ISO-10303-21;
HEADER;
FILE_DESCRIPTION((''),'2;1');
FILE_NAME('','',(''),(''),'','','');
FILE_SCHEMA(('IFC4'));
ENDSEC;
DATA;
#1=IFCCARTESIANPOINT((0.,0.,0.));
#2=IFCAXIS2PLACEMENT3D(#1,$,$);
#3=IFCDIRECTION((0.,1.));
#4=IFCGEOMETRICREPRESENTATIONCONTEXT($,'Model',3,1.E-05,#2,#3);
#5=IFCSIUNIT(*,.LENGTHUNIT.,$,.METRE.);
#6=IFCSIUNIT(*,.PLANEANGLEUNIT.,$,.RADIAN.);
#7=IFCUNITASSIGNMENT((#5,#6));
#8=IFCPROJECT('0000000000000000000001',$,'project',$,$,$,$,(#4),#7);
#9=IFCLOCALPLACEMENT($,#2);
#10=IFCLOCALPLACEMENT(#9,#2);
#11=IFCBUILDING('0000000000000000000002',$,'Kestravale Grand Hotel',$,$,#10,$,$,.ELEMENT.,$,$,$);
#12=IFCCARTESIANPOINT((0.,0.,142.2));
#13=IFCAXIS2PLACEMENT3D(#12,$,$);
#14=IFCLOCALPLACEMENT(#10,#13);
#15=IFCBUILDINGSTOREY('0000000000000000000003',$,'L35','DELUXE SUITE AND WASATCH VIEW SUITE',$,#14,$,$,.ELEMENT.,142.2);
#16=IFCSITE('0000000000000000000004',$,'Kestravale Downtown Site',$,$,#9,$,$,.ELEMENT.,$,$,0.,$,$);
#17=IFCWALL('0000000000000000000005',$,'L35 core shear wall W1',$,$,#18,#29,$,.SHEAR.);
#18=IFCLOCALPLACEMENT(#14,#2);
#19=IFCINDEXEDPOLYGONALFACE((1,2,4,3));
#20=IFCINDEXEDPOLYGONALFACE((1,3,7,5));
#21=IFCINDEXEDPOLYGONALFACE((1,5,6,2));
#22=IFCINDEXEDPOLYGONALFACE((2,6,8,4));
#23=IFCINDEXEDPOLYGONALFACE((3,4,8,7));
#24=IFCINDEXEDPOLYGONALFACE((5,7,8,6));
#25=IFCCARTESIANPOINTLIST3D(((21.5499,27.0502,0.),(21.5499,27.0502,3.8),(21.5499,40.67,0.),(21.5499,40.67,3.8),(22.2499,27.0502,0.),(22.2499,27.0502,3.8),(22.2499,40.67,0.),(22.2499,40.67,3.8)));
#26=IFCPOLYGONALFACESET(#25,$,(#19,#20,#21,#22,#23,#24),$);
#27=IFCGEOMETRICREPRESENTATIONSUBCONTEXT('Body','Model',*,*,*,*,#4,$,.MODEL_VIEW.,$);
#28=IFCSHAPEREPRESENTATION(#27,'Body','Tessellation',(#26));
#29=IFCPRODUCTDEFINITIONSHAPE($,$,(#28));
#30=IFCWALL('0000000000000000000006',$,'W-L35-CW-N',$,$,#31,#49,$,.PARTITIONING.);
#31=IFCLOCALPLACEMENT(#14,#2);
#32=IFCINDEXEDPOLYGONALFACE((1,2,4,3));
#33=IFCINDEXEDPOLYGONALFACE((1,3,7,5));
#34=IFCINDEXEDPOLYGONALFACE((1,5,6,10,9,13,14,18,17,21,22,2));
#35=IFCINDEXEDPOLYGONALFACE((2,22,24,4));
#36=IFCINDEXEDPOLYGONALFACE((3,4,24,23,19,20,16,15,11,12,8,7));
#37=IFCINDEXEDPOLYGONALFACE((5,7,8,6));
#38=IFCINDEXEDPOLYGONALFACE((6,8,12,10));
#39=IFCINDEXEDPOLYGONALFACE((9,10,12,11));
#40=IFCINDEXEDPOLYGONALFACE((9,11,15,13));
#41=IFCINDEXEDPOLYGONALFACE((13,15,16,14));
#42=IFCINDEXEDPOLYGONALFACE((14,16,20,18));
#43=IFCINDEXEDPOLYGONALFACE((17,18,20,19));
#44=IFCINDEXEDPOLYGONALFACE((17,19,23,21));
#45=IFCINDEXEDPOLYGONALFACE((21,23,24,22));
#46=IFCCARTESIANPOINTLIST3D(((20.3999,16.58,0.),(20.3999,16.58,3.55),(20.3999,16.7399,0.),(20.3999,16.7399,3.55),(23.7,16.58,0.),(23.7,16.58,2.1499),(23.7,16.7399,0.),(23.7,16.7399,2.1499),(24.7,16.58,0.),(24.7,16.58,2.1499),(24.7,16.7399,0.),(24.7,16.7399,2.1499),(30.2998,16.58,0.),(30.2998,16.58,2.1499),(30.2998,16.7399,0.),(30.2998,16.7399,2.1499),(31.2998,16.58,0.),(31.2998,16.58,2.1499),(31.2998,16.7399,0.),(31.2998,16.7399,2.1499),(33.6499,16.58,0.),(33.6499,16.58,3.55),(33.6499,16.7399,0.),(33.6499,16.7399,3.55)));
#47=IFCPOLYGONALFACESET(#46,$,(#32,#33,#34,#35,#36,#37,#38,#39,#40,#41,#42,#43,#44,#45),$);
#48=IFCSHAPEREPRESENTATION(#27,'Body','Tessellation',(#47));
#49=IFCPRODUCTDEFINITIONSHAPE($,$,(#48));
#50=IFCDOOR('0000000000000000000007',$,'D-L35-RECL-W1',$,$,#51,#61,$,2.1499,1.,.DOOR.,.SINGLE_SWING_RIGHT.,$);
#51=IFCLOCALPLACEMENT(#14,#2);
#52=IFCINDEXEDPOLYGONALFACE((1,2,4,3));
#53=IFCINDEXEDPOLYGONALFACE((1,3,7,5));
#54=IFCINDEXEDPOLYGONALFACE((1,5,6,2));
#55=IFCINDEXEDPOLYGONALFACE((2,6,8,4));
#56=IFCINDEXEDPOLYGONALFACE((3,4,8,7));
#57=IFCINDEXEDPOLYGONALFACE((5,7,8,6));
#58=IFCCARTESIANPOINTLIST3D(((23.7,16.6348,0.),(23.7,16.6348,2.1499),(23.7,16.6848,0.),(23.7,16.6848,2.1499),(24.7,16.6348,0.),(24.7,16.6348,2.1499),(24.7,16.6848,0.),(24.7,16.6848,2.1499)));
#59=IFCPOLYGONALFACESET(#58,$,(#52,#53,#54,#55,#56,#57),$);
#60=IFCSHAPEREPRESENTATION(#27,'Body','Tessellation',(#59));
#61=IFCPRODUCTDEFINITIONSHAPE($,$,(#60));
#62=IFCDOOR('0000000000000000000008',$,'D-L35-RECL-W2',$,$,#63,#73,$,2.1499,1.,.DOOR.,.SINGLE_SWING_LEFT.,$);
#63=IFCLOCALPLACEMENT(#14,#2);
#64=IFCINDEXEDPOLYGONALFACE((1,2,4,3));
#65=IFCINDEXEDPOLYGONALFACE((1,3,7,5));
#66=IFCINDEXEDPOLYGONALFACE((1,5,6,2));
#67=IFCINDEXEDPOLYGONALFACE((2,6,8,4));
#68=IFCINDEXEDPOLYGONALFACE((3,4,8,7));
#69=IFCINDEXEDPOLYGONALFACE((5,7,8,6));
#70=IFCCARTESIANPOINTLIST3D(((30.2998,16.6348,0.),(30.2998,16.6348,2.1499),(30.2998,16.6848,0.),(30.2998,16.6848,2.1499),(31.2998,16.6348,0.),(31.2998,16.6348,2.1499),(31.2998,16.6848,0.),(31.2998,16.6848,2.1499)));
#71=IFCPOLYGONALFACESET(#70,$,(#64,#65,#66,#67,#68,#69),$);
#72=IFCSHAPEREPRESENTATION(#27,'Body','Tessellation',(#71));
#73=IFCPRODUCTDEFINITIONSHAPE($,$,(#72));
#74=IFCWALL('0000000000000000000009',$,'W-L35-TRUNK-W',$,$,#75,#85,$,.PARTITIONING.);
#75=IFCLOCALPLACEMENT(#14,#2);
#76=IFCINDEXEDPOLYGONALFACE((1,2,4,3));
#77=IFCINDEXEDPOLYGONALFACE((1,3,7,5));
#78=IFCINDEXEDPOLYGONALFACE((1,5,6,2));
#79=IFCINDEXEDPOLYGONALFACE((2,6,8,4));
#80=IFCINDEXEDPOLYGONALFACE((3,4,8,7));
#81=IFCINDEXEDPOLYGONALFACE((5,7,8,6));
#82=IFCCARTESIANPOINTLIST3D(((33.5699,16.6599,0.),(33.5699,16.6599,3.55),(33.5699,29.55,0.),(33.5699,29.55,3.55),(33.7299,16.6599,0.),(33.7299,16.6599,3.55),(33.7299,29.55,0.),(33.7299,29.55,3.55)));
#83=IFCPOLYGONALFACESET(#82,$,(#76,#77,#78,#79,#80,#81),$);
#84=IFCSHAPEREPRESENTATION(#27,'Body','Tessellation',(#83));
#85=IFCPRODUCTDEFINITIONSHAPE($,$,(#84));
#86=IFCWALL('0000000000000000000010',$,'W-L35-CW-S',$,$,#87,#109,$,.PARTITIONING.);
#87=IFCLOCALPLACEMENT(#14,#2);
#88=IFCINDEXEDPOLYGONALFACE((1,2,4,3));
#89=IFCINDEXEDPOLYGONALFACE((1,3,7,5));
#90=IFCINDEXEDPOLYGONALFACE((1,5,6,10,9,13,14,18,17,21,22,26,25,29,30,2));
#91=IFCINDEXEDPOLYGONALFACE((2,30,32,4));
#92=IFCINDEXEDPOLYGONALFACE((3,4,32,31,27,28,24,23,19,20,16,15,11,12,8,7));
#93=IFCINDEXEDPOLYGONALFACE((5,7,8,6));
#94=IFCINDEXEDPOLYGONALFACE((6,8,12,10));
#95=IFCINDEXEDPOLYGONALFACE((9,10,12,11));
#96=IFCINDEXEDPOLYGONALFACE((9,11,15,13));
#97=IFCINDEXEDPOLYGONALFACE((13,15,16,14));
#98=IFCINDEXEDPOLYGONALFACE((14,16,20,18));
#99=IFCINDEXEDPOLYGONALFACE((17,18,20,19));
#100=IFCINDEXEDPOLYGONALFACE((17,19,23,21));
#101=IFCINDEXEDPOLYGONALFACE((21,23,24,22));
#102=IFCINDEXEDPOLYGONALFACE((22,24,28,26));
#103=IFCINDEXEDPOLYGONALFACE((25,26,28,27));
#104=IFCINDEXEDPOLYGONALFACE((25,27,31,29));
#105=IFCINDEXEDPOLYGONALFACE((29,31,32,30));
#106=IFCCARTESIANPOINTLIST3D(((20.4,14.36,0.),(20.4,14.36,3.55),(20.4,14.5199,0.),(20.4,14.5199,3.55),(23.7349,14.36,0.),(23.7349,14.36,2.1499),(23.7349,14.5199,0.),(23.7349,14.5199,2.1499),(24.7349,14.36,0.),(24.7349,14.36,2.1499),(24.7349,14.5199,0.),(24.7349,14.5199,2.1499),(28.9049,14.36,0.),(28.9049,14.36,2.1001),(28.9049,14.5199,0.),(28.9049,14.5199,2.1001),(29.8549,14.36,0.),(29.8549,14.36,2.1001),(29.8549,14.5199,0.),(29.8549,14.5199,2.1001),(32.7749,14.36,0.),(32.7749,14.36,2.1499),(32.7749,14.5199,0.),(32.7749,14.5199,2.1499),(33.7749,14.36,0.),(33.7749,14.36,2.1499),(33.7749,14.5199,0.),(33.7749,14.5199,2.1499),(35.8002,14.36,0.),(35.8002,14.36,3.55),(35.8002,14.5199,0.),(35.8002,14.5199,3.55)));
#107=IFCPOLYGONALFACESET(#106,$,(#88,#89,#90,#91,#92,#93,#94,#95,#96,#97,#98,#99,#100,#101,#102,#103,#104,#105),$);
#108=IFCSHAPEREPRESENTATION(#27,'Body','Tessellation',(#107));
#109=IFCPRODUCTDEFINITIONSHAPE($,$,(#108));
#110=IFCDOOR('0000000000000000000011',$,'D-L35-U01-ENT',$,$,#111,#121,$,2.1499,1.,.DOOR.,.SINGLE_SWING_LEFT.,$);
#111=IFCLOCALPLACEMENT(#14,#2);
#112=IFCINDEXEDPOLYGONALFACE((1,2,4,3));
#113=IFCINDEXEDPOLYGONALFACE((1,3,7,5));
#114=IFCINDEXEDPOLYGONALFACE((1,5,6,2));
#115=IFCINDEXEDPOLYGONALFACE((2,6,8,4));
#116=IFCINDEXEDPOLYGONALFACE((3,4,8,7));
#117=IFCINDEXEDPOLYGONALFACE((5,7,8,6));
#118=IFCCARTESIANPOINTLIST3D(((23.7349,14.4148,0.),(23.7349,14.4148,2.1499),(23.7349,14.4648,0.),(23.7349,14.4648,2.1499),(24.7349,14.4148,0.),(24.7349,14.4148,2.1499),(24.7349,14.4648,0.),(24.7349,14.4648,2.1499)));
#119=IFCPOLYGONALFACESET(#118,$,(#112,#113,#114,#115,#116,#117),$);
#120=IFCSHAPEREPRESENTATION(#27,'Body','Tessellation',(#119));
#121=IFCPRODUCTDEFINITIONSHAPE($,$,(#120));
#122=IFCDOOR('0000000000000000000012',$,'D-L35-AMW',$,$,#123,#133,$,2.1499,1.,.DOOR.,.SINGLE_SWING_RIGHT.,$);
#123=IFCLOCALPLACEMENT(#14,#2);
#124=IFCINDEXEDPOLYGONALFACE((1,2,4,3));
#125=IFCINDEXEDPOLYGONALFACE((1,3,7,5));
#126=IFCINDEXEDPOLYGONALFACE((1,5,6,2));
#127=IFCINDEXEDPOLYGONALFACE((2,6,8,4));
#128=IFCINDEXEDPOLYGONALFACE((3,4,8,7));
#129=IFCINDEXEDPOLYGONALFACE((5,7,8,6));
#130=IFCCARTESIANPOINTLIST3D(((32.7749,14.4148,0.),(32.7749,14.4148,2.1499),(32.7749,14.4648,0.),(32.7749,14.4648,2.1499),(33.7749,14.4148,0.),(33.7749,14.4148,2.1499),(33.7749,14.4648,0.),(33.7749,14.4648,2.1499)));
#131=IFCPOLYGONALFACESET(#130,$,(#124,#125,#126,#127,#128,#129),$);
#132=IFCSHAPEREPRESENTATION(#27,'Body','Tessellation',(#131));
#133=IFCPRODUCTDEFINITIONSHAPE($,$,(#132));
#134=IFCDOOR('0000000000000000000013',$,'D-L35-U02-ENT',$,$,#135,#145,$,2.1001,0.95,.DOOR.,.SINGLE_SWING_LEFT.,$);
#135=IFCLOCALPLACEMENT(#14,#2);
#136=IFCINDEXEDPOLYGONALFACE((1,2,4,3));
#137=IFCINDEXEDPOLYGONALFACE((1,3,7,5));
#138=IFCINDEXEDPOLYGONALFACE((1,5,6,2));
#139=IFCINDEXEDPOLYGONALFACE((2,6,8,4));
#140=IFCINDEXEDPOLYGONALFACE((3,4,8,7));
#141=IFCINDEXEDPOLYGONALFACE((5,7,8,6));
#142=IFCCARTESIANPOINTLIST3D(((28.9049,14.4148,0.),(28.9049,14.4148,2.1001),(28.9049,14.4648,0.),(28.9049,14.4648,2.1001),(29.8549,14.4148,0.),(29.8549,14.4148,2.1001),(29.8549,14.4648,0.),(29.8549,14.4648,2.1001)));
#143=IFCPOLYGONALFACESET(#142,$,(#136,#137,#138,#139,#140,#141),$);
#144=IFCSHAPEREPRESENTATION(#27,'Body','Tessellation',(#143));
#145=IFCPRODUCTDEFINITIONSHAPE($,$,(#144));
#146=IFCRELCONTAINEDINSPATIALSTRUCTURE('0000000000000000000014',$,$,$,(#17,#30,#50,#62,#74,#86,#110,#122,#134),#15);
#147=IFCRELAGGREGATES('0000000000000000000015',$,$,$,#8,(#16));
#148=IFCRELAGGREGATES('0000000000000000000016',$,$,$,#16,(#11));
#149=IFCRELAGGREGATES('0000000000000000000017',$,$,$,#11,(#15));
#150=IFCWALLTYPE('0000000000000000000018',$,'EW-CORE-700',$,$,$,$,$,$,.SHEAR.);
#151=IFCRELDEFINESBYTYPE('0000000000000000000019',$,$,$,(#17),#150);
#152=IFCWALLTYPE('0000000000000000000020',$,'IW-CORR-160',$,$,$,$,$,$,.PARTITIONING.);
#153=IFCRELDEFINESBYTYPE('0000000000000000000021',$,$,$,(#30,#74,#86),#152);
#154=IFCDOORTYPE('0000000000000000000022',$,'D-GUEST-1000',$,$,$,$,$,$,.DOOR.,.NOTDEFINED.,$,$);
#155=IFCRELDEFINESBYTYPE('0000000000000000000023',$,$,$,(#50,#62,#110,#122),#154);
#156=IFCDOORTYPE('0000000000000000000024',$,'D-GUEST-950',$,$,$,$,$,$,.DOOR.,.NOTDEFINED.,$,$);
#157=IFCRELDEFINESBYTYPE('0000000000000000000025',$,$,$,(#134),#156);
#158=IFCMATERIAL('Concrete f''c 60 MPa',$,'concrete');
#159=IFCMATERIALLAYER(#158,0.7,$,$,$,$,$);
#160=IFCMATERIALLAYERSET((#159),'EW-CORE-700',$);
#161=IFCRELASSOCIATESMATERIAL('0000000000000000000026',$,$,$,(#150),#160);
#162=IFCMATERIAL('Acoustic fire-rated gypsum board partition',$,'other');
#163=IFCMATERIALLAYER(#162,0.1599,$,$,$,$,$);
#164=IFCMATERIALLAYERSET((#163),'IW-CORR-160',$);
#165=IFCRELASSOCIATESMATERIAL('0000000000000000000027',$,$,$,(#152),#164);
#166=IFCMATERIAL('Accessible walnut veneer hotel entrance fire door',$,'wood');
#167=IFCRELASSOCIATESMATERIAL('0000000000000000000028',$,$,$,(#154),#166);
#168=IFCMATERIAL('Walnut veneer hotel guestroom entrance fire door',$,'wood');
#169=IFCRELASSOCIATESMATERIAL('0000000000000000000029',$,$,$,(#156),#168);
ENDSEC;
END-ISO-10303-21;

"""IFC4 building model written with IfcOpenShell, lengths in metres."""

from ifc_helpers import new_model, si_unit, direction, frame, frame_2d, origin, place, context, subcontext, project, spatial, rectangle, extrude, material, layer, layer_set, type_object, element, fill, save


model = new_model("IFC4")

# Units and contexts
model_context = context("Model", 3, precision=1e-05, world=origin(), true_north=direction((0.0, 1.0)))
body_context = subcontext(model_context, "Body", "Model", "MODEL_VIEW")
ifc_project = project(units=[si_unit("LENGTHUNIT", "METRE"), si_unit("PLANEANGLEUNIT", "RADIAN")], contexts=[model_context])

# Site, building, storey
site_placement = place(None, origin())
site = spatial("IfcSite", under=ifc_project, at=site_placement, Name="Kestravale Downtown Site", CompositionType="ELEMENT", RefElevation=0.0)
building_placement = place(site_placement, origin())
building = spatial("IfcBuilding", under=site, at=building_placement, Name="Kestravale Grand Hotel", CompositionType="ELEMENT")
storey_placement = place(building_placement, frame((0.0, 0.0, 142.2)))
storey = spatial("IfcBuildingStorey", under=building, at=storey_placement, Name="L35", Description="DELUXE SUITE AND WASATCH VIEW SUITE", CompositionType="ELEMENT", Elevation=142.2)

# Wall
ifc_material_1 = material(Name="Concrete f'c 60 MPa", Category="concrete")
ifc_layer_1 = layer(ifc_material_1, 0.7)
ifc_layer_set_1 = layer_set([ifc_layer_1], Name="EW-CORE-700")
wall_type_1 = type_object("IfcWallType", Name="EW-CORE-700", PredefinedType="SHEAR", material=ifc_layer_set_1)
wall_1_placement = place(storey_placement, frame((21.8999, 27.05, 0.0), z_axis=(0.0, 0.0, 1.0), x_axis=(0.0, 1.0, 0.0)))
element("IfcWall", 1, at=wall_1_placement, inside=storey, type_object=wall_type_1, Name="L35 core shear wall W1", PredefinedType="SHEAR", context=body_context, shape_type="SweptSolid", body=[
    extrude(rectangle(XDim=13.6199, YDim=0.7, at=frame_2d((6.8101, 0.0))), origin(), (0.0, 0.0, 1.0), 3.8),
])

# Wall, openings, doors
ifc_material_2 = material(Name="Acoustic fire-rated gypsum board partition", Category="other")
ifc_layer_2 = layer(ifc_material_2, 0.1599)
ifc_layer_set_2 = layer_set([ifc_layer_2], Name="IW-CORR-160")
wall_type_2 = type_object("IfcWallType", Name="IW-CORR-160", PredefinedType="PARTITIONING", material=ifc_layer_set_2)
wall_2_placement = place(storey_placement, frame((20.3999, 16.6599, 0.0), z_axis=(0.0, 0.0, 1.0), x_axis=(1.0, 0.0, 0.0)))
wall_2 = element("IfcWall", 2, at=wall_2_placement, inside=storey, type_object=wall_type_2, Name="W-L35-CW-N", PredefinedType="PARTITIONING", context=body_context, shape_type="SweptSolid", body=[
    extrude(rectangle(XDim=13.25, YDim=0.1599, at=frame_2d((6.625, 0.0))), origin(), (0.0, 0.0, 1.0), 3.55),
])
opening_1_placement = place(wall_2_placement, frame((3.3, 0.0, 0.0)))
opening_1 = element("IfcOpeningElement", 3, at=opening_1_placement, cuts=wall_2, PredefinedType="OPENING", context=body_context, shape_type="SweptSolid", body=[
    extrude(rectangle(XDim=1.0, YDim=2.1499, at=frame_2d((0.5, 1.075))), frame((0.0, 0.0898, 0.0), z_axis=(0.0, -1.0, 0.0), x_axis=(1.0, 0.0, 0.0)), (0.0, 0.0, 1.0), 0.1799),
])
opening_2_placement = place(wall_2_placement, frame((9.8999, 0.0, 0.0)))
opening_2 = element("IfcOpeningElement", 4, at=opening_2_placement, cuts=wall_2, PredefinedType="OPENING", context=body_context, shape_type="SweptSolid", body=[
    extrude(rectangle(XDim=1.0, YDim=2.1499, at=frame_2d((0.5, 1.075))), frame((0.0, 0.0898, 0.0), z_axis=(0.0, -1.0, 0.0), x_axis=(1.0, 0.0, 0.0)), (0.0, 0.0, 1.0), 0.1799),
])
ifc_material_3 = material(Name="Accessible walnut veneer hotel entrance fire door", Category="wood")
door_type_1 = type_object("IfcDoorType", Name="D-GUEST-1000", OperationType="NOTDEFINED", PredefinedType="DOOR", material=ifc_material_3)
door_1_placement = place(opening_1_placement, origin())
door_1 = element("IfcDoor", 5, at=door_1_placement, inside=storey, type_object=door_type_1, Name="D-L35-RECL-W1", OperationType="SINGLE_SWING_RIGHT", OverallHeight=2.1499, OverallWidth=1.0, PredefinedType="DOOR", context=body_context, shape_type="SweptSolid", body=[
    extrude(rectangle(XDim=1.0, YDim=2.1499, at=frame_2d((0.5, 1.075))), frame((0.0, 0.0249, 0.0), z_axis=(0.0, -1.0, 0.0), x_axis=(1.0, 0.0, 0.0)), (0.0, 0.0, 1.0), 0.05),
])
fill(opening_1, door_1)
door_2_placement = place(opening_2_placement, origin())
door_2 = element("IfcDoor", 6, at=door_2_placement, inside=storey, type_object=door_type_1, Name="D-L35-RECL-W2", OperationType="SINGLE_SWING_LEFT", OverallHeight=2.1499, OverallWidth=1.0, PredefinedType="DOOR", context=body_context, shape_type="SweptSolid", body=[
    extrude(rectangle(XDim=1.0, YDim=2.1499, at=frame_2d((0.5, 1.075))), frame((0.0, 0.0249, 0.0), z_axis=(0.0, -1.0, 0.0), x_axis=(1.0, 0.0, 0.0)), (0.0, 0.0, 1.0), 0.05),
])
fill(opening_2, door_2)

# Wall
wall_3_placement = place(storey_placement, frame((33.6499, 16.6599, 0.0), z_axis=(0.0, 0.0, 1.0), x_axis=(0.0, 1.0, 0.0)))
element("IfcWall", 7, at=wall_3_placement, inside=storey, type_object=wall_type_2, Name="W-L35-TRUNK-W", PredefinedType="PARTITIONING", context=body_context, shape_type="SweptSolid", body=[
    extrude(rectangle(XDim=12.8901, YDim=0.1599, at=frame_2d((6.4451, 0.0))), origin(), (0.0, 0.0, 1.0), 3.55),
])

# Wall, openings, doors
wall_4_placement = place(storey_placement, frame((20.3999, 14.4399, 0.0), z_axis=(0.0, 0.0, 1.0), x_axis=(1.0, 0.0, 0.0)))
wall_4 = element("IfcWall", 8, at=wall_4_placement, inside=storey, type_object=wall_type_2, Name="W-L35-CW-S", PredefinedType="PARTITIONING", context=body_context, shape_type="SweptSolid", body=[
    extrude(rectangle(XDim=15.4001, YDim=0.1599, at=frame_2d((7.7002, 0.0))), origin(), (0.0, 0.0, 1.0), 3.55),
])
opening_3_placement = place(wall_4_placement, frame((3.335, 0.0, 0.0)))
opening_3 = element("IfcOpeningElement", 9, at=opening_3_placement, cuts=wall_4, PredefinedType="OPENING", context=body_context, shape_type="SweptSolid", body=[
    extrude(rectangle(XDim=1.0, YDim=2.1499, at=frame_2d((0.5, 1.075))), frame((0.0, 0.0898, 0.0), z_axis=(0.0, -1.0, 0.0), x_axis=(1.0, 0.0, 0.0)), (0.0, 0.0, 1.0), 0.1799),
])
opening_4_placement = place(wall_4_placement, frame((8.5049, 0.0, 0.0)))
opening_4 = element("IfcOpeningElement", 10, at=opening_4_placement, cuts=wall_4, PredefinedType="OPENING", context=body_context, shape_type="SweptSolid", body=[
    extrude(rectangle(XDim=0.95, YDim=2.1001, at=frame_2d((0.4751, 1.05))), frame((0.0, 0.0898, 0.0), z_axis=(0.0, -1.0, 0.0), x_axis=(1.0, 0.0, 0.0)), (0.0, 0.0, 1.0), 0.1799),
])
opening_5_placement = place(wall_4_placement, frame((12.375, 0.0, 0.0)))
opening_5 = element("IfcOpeningElement", 11, at=opening_5_placement, cuts=wall_4, PredefinedType="OPENING", context=body_context, shape_type="SweptSolid", body=[
    extrude(rectangle(XDim=1.0, YDim=2.1499, at=frame_2d((0.5, 1.075))), frame((0.0, 0.0898, 0.0), z_axis=(0.0, -1.0, 0.0), x_axis=(1.0, 0.0, 0.0)), (0.0, 0.0, 1.0), 0.1799),
])
door_3_placement = place(opening_3_placement, origin())
door_3 = element("IfcDoor", 12, at=door_3_placement, inside=storey, type_object=door_type_1, Name="D-L35-U01-ENT", OperationType="SINGLE_SWING_LEFT", OverallHeight=2.1499, OverallWidth=1.0, PredefinedType="DOOR", context=body_context, shape_type="SweptSolid", body=[
    extrude(rectangle(XDim=1.0, YDim=2.1499, at=frame_2d((0.5, 1.075))), frame((0.0, 0.0249, 0.0), z_axis=(0.0, -1.0, 0.0), x_axis=(1.0, 0.0, 0.0)), (0.0, 0.0, 1.0), 0.05),
])
fill(opening_3, door_3)
door_4_placement = place(opening_5_placement, origin())
door_4 = element("IfcDoor", 13, at=door_4_placement, inside=storey, type_object=door_type_1, Name="D-L35-AMW", OperationType="SINGLE_SWING_RIGHT", OverallHeight=2.1499, OverallWidth=1.0, PredefinedType="DOOR", context=body_context, shape_type="SweptSolid", body=[
    extrude(rectangle(XDim=1.0, YDim=2.1499, at=frame_2d((0.5, 1.075))), frame((0.0, 0.0249, 0.0), z_axis=(0.0, -1.0, 0.0), x_axis=(1.0, 0.0, 0.0)), (0.0, 0.0, 1.0), 0.05),
])
fill(opening_5, door_4)
ifc_material_4 = material(Name="Walnut veneer hotel guestroom entrance fire door", Category="wood")
door_type_2 = type_object("IfcDoorType", Name="D-GUEST-950", OperationType="NOTDEFINED", PredefinedType="DOOR", material=ifc_material_4)
door_5_placement = place(opening_4_placement, origin())
door_5 = element("IfcDoor", 14, at=door_5_placement, inside=storey, type_object=door_type_2, Name="D-L35-U02-ENT", OperationType="SINGLE_SWING_LEFT", OverallHeight=2.1001, OverallWidth=0.95, PredefinedType="DOOR", context=body_context, shape_type="SweptSolid", body=[
    extrude(rectangle(XDim=0.95, YDim=2.1001, at=frame_2d((0.4751, 1.05))), frame((0.0, 0.0249, 0.0), z_axis=(0.0, -1.0, 0.0), x_axis=(1.0, 0.0, 0.0)), (0.0, 0.0, 1.0), 0.05),
])
fill(opening_4, door_5)

save(model, "model.ifc")
